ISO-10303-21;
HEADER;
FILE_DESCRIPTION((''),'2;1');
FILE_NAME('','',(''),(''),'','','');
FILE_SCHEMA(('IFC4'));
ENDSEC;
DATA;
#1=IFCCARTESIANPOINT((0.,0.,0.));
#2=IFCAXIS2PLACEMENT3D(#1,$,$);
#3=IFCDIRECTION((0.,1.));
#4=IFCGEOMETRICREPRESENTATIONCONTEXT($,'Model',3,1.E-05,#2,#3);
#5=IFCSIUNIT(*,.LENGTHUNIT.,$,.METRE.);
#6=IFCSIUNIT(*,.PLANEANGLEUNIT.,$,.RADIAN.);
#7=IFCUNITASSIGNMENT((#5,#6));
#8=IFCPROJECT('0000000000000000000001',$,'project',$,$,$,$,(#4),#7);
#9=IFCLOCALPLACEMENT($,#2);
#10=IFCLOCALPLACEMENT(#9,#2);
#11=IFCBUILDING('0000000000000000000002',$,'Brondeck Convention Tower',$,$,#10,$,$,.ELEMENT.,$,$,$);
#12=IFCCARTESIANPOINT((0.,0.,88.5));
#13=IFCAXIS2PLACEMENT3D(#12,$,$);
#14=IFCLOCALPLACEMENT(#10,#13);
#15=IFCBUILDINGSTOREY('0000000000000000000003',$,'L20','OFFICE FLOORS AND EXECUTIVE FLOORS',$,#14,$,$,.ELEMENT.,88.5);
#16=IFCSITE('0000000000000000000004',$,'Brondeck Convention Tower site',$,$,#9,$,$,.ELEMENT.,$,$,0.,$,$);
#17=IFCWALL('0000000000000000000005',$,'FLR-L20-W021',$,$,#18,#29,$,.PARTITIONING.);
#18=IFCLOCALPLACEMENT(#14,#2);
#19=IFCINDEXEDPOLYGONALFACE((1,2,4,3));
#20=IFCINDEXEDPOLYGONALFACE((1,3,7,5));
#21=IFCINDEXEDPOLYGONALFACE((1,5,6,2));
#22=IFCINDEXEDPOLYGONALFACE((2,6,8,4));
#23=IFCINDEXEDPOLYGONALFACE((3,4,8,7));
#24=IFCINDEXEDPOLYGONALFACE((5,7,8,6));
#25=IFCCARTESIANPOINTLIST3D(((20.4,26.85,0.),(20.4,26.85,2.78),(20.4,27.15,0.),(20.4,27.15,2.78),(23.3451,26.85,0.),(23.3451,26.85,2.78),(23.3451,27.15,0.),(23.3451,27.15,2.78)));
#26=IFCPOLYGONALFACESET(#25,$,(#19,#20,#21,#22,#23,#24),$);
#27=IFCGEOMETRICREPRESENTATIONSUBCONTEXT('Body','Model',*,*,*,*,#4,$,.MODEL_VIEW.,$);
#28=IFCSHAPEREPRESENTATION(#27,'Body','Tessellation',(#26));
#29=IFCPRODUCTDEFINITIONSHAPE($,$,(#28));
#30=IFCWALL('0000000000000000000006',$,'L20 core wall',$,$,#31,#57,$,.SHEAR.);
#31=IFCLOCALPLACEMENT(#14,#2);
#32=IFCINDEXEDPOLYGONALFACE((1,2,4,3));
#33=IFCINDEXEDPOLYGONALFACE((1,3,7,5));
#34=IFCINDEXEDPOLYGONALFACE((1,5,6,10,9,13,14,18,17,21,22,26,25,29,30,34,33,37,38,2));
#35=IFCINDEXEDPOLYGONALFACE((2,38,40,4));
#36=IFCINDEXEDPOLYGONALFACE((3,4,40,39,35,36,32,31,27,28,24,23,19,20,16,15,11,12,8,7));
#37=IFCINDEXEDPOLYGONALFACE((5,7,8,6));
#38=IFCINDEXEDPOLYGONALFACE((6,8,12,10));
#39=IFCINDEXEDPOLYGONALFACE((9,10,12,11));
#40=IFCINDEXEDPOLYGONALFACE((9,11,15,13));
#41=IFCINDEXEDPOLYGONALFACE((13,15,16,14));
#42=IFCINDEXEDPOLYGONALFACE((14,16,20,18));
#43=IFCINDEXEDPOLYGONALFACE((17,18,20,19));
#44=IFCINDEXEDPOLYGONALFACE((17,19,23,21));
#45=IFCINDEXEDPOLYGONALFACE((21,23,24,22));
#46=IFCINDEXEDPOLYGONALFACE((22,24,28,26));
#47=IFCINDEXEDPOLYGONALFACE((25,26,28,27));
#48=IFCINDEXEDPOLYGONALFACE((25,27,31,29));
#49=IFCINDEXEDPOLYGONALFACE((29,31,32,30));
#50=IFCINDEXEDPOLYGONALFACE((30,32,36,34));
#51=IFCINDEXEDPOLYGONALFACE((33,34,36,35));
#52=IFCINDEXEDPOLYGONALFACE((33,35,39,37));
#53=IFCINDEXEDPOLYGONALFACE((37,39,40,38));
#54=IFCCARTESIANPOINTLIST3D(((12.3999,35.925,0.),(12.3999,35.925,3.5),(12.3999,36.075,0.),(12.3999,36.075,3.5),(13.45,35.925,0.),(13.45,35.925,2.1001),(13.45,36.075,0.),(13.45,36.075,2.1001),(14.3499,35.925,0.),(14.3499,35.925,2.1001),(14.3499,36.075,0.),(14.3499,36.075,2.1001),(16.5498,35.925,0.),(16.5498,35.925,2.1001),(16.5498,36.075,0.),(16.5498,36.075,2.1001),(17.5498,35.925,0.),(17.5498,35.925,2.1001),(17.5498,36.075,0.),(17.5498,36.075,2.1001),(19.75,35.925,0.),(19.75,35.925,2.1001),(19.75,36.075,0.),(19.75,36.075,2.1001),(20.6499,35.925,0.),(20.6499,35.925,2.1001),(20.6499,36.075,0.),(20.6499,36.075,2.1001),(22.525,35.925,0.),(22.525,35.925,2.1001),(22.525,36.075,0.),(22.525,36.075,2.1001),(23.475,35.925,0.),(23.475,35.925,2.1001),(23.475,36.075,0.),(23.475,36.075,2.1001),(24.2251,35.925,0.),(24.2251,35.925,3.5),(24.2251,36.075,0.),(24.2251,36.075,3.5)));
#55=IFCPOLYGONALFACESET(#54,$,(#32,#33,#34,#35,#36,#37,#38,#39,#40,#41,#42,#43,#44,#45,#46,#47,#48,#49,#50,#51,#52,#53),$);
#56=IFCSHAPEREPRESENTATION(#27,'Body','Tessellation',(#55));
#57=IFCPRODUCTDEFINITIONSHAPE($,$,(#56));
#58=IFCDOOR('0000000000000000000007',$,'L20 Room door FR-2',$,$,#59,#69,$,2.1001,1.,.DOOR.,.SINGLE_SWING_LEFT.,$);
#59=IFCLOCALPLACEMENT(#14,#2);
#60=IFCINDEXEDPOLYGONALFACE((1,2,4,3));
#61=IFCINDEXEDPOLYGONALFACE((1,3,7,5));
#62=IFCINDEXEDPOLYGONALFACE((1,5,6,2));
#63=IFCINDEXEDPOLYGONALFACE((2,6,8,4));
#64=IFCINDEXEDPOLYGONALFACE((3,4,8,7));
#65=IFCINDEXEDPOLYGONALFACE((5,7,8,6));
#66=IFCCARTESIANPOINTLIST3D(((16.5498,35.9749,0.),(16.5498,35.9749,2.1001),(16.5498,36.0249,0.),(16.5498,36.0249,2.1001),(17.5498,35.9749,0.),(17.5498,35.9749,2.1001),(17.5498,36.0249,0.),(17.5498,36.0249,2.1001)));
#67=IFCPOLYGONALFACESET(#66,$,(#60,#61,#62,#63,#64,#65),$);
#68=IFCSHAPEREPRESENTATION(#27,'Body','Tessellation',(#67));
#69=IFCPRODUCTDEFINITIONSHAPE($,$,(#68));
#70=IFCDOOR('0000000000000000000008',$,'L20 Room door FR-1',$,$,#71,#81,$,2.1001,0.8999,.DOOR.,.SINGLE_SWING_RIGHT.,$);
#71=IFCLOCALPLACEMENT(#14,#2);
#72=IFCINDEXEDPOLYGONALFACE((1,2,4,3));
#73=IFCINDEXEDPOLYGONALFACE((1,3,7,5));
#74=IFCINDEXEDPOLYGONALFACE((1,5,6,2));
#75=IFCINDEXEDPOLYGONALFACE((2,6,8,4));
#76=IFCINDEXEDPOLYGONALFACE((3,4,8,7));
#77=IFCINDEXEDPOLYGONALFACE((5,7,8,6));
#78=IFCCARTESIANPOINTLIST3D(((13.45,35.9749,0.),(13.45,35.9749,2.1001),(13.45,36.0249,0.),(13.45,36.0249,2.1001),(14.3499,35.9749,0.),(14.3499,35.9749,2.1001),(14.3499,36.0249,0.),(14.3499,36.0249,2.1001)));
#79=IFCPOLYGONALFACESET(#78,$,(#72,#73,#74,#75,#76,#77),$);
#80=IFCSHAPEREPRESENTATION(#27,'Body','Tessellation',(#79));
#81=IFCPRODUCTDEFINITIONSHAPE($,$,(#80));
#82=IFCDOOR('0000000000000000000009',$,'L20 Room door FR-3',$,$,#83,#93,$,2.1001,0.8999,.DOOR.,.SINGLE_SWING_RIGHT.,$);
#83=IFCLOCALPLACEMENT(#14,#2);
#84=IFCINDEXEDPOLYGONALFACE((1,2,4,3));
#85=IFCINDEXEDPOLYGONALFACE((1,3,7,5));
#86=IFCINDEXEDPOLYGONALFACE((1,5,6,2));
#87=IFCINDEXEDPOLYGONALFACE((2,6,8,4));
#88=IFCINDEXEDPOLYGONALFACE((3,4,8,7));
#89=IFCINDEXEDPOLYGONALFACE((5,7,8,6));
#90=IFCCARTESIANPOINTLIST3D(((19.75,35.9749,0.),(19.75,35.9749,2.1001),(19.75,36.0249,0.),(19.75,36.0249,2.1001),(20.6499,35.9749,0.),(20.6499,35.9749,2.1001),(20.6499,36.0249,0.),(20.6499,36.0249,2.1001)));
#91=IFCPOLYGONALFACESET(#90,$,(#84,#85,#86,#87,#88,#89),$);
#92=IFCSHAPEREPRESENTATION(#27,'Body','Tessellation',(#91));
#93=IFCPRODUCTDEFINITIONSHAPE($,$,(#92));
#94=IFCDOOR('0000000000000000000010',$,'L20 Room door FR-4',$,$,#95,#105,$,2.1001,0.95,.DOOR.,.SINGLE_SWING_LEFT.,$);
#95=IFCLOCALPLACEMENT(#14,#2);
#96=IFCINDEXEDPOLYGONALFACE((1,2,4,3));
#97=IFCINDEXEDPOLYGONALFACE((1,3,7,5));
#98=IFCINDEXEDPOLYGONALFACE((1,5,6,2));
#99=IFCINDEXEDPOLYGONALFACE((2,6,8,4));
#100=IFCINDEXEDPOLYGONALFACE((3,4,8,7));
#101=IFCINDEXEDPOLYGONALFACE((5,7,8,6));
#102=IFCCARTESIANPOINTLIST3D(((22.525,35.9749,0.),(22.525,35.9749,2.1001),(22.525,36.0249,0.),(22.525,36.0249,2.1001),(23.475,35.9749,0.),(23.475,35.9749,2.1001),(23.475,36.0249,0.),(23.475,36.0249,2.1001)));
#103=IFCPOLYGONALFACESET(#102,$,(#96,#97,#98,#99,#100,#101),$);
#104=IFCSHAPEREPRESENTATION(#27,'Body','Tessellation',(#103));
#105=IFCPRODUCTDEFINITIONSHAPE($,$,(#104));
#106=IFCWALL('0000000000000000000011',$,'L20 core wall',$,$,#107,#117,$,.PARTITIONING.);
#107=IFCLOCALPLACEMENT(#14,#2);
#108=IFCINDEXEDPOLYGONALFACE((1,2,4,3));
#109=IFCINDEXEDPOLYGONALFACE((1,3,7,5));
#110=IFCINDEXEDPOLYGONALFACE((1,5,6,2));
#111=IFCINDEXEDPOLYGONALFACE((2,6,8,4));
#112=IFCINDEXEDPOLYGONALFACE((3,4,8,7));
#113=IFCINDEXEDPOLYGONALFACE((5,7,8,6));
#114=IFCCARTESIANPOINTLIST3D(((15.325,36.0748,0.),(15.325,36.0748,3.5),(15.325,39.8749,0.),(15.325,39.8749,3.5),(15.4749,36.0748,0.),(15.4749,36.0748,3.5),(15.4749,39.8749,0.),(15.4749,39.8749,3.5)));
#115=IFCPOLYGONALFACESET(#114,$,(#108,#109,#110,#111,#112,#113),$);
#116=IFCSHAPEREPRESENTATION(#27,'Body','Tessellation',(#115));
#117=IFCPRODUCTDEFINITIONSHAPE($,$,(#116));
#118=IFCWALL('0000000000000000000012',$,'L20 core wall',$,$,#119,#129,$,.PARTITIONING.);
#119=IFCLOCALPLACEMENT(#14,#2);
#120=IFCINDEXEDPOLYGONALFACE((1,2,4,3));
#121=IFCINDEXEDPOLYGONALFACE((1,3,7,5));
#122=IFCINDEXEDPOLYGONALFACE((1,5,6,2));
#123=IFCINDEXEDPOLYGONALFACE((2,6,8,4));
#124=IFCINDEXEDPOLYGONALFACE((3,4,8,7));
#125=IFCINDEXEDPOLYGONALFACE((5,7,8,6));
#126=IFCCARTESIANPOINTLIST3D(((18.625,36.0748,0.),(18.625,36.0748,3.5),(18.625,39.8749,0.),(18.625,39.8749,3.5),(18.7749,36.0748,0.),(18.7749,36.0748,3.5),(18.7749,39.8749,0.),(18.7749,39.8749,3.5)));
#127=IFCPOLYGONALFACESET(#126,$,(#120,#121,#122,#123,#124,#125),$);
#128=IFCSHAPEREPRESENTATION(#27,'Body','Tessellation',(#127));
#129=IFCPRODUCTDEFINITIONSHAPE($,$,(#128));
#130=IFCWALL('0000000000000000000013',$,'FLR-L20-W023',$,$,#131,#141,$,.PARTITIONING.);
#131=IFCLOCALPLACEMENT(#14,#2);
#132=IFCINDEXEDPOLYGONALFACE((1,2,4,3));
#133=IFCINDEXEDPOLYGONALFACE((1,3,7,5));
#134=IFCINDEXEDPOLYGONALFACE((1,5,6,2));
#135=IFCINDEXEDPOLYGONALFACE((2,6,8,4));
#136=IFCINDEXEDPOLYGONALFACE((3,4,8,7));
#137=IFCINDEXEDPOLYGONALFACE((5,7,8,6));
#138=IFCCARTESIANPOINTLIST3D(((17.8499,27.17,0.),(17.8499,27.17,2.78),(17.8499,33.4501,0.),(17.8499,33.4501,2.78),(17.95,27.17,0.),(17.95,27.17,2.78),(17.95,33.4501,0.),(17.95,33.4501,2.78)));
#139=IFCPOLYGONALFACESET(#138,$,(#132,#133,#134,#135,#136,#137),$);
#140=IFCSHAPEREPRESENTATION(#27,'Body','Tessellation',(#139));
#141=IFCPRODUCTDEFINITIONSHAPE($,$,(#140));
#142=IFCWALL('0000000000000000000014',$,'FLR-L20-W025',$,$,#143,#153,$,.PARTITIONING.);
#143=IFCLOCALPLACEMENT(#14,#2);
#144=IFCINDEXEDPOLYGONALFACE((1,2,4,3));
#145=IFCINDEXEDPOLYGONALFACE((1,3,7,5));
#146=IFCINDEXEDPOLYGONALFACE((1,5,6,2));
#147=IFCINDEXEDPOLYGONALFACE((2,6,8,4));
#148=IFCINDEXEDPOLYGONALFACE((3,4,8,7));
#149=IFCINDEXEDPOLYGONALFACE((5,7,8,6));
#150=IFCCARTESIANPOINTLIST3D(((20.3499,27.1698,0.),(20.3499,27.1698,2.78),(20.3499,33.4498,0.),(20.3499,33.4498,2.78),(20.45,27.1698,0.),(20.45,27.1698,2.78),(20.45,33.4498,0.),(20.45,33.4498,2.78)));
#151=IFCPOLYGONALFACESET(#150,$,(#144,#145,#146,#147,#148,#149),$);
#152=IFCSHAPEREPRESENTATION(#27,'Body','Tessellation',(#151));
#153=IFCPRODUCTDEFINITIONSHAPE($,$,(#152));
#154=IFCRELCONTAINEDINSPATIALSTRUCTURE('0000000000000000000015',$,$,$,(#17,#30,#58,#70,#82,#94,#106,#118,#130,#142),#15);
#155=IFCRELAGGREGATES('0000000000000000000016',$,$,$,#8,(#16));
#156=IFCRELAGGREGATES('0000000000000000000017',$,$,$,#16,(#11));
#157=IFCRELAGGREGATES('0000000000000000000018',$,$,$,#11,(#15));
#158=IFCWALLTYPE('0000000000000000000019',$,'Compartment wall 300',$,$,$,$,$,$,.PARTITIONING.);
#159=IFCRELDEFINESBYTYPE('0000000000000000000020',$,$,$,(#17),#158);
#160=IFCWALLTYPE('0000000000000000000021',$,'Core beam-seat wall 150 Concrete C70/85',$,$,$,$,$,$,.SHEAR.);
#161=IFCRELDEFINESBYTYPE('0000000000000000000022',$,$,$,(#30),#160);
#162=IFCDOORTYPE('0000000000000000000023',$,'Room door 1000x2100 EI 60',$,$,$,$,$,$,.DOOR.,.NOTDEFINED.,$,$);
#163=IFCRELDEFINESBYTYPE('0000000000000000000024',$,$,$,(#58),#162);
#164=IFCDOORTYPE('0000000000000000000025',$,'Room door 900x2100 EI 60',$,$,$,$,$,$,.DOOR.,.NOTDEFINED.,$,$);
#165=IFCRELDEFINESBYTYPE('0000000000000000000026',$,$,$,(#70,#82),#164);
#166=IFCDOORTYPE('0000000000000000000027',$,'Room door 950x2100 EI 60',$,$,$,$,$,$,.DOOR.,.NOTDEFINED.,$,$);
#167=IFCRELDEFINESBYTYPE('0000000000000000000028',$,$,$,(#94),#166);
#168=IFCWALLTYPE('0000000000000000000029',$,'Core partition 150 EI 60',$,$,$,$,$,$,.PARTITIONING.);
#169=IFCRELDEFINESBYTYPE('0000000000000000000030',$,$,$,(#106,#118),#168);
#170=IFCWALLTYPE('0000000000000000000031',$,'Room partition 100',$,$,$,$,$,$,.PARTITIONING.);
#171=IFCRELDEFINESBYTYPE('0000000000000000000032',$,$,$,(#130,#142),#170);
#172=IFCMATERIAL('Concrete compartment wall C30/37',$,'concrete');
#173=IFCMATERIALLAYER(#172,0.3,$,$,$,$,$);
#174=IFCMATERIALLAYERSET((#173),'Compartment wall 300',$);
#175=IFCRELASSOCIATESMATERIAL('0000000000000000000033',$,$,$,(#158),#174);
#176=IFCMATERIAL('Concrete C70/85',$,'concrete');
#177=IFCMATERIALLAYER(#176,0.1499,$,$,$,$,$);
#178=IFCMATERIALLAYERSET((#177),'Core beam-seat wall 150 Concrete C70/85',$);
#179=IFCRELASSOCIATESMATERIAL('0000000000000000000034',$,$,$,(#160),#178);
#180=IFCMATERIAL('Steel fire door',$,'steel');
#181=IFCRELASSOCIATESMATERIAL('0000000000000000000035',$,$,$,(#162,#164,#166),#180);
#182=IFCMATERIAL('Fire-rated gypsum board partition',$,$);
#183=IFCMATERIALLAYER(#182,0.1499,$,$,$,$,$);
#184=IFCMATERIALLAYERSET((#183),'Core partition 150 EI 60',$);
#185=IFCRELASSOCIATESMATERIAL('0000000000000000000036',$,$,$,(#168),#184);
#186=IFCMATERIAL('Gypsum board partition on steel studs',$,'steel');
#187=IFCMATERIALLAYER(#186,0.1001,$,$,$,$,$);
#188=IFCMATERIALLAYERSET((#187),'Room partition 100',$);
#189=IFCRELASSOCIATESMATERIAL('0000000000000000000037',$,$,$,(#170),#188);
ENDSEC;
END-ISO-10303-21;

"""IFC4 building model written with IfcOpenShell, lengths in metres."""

from ifc_helpers import new_model, si_unit, direction, frame, frame_2d, origin, place, context, subcontext, project, spatial, rectangle, extrude, material, layer, layer_set, type_object, element, fill, save


model = new_model("IFC4")

# Units and contexts
model_context = context("Model", 3, precision=1e-05, world=origin(), true_north=direction((0.0, 1.0)))
body_context = subcontext(model_context, "Body", "Model", "MODEL_VIEW")
ifc_project = project(units=[si_unit("LENGTHUNIT", "METRE"), si_unit("PLANEANGLEUNIT", "RADIAN")], contexts=[model_context])

# Site, building, storey
site_placement = place(None, origin())
site = spatial("IfcSite", under=ifc_project, at=site_placement, Name="Brondeck Convention Tower site", CompositionType="ELEMENT", RefElevation=0.0)
building_placement = place(site_placement, origin())
building = spatial("IfcBuilding", under=site, at=building_placement, Name="Brondeck Convention Tower", CompositionType="ELEMENT")
storey_placement = place(building_placement, frame((0.0, 0.0, 88.5)))
storey = spatial("IfcBuildingStorey", under=building, at=storey_placement, Name="L20", Description="OFFICE FLOORS AND EXECUTIVE FLOORS", CompositionType="ELEMENT", Elevation=88.5)

# Shared definitions
ifc_material_1 = material(Name="Concrete C70/85", Category="concrete")

# Shared definitions
ifc_material_2 = material(Name="Concrete compartment wall C30/37", Category="concrete")
ifc_layer_1 = layer(ifc_material_2, 0.3)
ifc_layer_set_1 = layer_set([ifc_layer_1], Name="Compartment wall 300")
wall_type_1 = type_object("IfcWallType", Name="Compartment wall 300", PredefinedType="PARTITIONING", material=ifc_layer_set_1)

# Wall
wall_1_placement = place(storey_placement, frame((20.3999, 27.0, 0.0), z_axis=(0.0, 0.0, 1.0), x_axis=(1.0, 0.0, 0.0)))
element("IfcWall", 1, at=wall_1_placement, inside=storey, type_object=wall_type_1, Name="FLR-L20-W021", PredefinedType="PARTITIONING", context=body_context, shape_type="SweptSolid", body=[
    extrude(rectangle(XDim=2.9451, YDim=0.3, at=frame_2d((1.4727, 0.0))), origin(), (0.0, 0.0, 1.0), 2.78),
])

# Wall, openings, doors
ifc_layer_2 = layer(ifc_material_1, 0.1499)
ifc_layer_set_2 = layer_set([ifc_layer_2], Name="Core beam-seat wall 150 Concrete C70/85")
wall_type_2 = type_object("IfcWallType", Name="Core beam-seat wall 150 Concrete C70/85", PredefinedType="SHEAR", material=ifc_layer_set_2)
wall_2_placement = place(storey_placement, frame((12.3999, 36.0, 0.0), z_axis=(0.0, 0.0, 1.0), x_axis=(1.0, 0.0, 0.0)))
wall_2 = element("IfcWall", 2, at=wall_2_placement, inside=storey, type_object=wall_type_2, Name="L20 core wall", PredefinedType="SHEAR", context=body_context, shape_type="SweptSolid", body=[
    extrude(rectangle(XDim=11.8252, YDim=0.1499, at=frame_2d((5.9126, 0.0))), origin(), (0.0, 0.0, 1.0), 3.5),
])
opening_1_placement = place(wall_2_placement, frame((1.05, 0.0, 0.0)))
opening_1 = element("IfcOpeningElement", 3, at=opening_1_placement, cuts=wall_2, PredefinedType="OPENING", context=body_context, shape_type="SweptSolid", body=[
    extrude(rectangle(XDim=0.8999, YDim=2.1001, at=frame_2d((0.45, 1.05))), frame((0.0, 0.085, 0.0), z_axis=(0.0, -1.0, 0.0), x_axis=(1.0, 0.0, 0.0)), (0.0, 0.0, 1.0), 0.1699),
])
opening_2_placement = place(wall_2_placement, frame((4.1499, 0.0, 0.0)))
opening_2 = element("IfcOpeningElement", 4, at=opening_2_placement, cuts=wall_2, PredefinedType="OPENING", context=body_context, shape_type="SweptSolid", body=[
    extrude(rectangle(XDim=1.0, YDim=2.1001, at=frame_2d((0.5, 1.05))), frame((0.0, 0.085, 0.0), z_axis=(0.0, -1.0, 0.0), x_axis=(1.0, 0.0, 0.0)), (0.0, 0.0, 1.0), 0.1699),
])
opening_3_placement = place(wall_2_placement, frame((7.3501, 0.0, 0.0)))
opening_3 = element("IfcOpeningElement", 5, at=opening_3_placement, cuts=wall_2, PredefinedType="OPENING", context=body_context, shape_type="SweptSolid", body=[
    extrude(rectangle(XDim=0.8999, YDim=2.1001, at=frame_2d((0.45, 1.05))), frame((0.0, 0.085, 0.0), z_axis=(0.0, -1.0, 0.0), x_axis=(1.0, 0.0, 0.0)), (0.0, 0.0, 1.0), 0.1699),
])
opening_4_placement = place(wall_2_placement, frame((10.125, 0.0, 0.0)))
opening_4 = element("IfcOpeningElement", 6, at=opening_4_placement, cuts=wall_2, PredefinedType="OPENING", context=body_context, shape_type="SweptSolid", body=[
    extrude(rectangle(XDim=0.95, YDim=2.1001, at=frame_2d((0.4751, 1.05))), frame((0.0, 0.085, 0.0), z_axis=(0.0, -1.0, 0.0), x_axis=(1.0, 0.0, 0.0)), (0.0, 0.0, 1.0), 0.1699),
])
ifc_material_3 = material(Name="Steel fire door", Category="steel")
door_type_1 = type_object("IfcDoorType", Name="Room door 1000x2100 EI 60", OperationType="NOTDEFINED", PredefinedType="DOOR", material=ifc_material_3)
door_1_placement = place(opening_2_placement, origin())
door_1 = element("IfcDoor", 7, at=door_1_placement, inside=storey, type_object=door_type_1, Name="L20 Room door FR-2", OperationType="SINGLE_SWING_LEFT", OverallHeight=2.1001, OverallWidth=1.0, PredefinedType="DOOR", context=body_context, shape_type="SweptSolid", body=[
    extrude(rectangle(XDim=1.0, YDim=2.1001, at=frame_2d((0.5, 1.05))), frame((0.0, 0.0249, 0.0), z_axis=(0.0, -1.0, 0.0), x_axis=(1.0, 0.0, 0.0)), (0.0, 0.0, 1.0), 0.05),
])
fill(opening_2, door_1)
door_type_2 = type_object("IfcDoorType", Name="Room door 900x2100 EI 60", OperationType="NOTDEFINED", PredefinedType="DOOR", material=ifc_material_3)
door_2_placement = place(opening_1_placement, origin())
door_2 = element("IfcDoor", 8, at=door_2_placement, inside=storey, type_object=door_type_2, Name="L20 Room door FR-1", OperationType="SINGLE_SWING_RIGHT", OverallHeight=2.1001, OverallWidth=0.8999, PredefinedType="DOOR", context=body_context, shape_type="SweptSolid", body=[
    extrude(rectangle(XDim=0.8999, YDim=2.1001, at=frame_2d((0.45, 1.05))), frame((0.0, 0.0249, 0.0), z_axis=(0.0, -1.0, 0.0), x_axis=(1.0, 0.0, 0.0)), (0.0, 0.0, 1.0), 0.05),
])
fill(opening_1, door_2)
door_3_placement = place(opening_3_placement, origin())
door_3 = element("IfcDoor", 9, at=door_3_placement, inside=storey, type_object=door_type_2, Name="L20 Room door FR-3", OperationType="SINGLE_SWING_RIGHT", OverallHeight=2.1001, OverallWidth=0.8999, PredefinedType="DOOR", context=body_context, shape_type="SweptSolid", body=[
    extrude(rectangle(XDim=0.8999, YDim=2.1001, at=frame_2d((0.45, 1.05))), frame((0.0, 0.0249, 0.0), z_axis=(0.0, -1.0, 0.0), x_axis=(1.0, 0.0, 0.0)), (0.0, 0.0, 1.0), 0.05),
])
fill(opening_3, door_3)
door_type_3 = type_object("IfcDoorType", Name="Room door 950x2100 EI 60", OperationType="NOTDEFINED", PredefinedType="DOOR", material=ifc_material_3)
door_4_placement = place(opening_4_placement, origin())
door_4 = element("IfcDoor", 10, at=door_4_placement, inside=storey, type_object=door_type_3, Name="L20 Room door FR-4", OperationType="SINGLE_SWING_LEFT", OverallHeight=2.1001, OverallWidth=0.95, PredefinedType="DOOR", context=body_context, shape_type="SweptSolid", body=[
    extrude(rectangle(XDim=0.95, YDim=2.1001, at=frame_2d((0.4751, 1.05))), frame((0.0, 0.0249, 0.0), z_axis=(0.0, -1.0, 0.0), x_axis=(1.0, 0.0, 0.0)), (0.0, 0.0, 1.0), 0.05),
])
fill(opening_4, door_4)

# Walls
ifc_material_4 = material(Name="Fire-rated gypsum board partition")
ifc_layer_3 = layer(ifc_material_4, 0.1499)
ifc_layer_set_3 = layer_set([ifc_layer_3], Name="Core partition 150 EI 60")
wall_type_3 = type_object("IfcWallType", Name="Core partition 150 EI 60", PredefinedType="PARTITIONING", material=ifc_layer_set_3)
for number, where, z_axis, x_axis, name in (
    (11, (15.3999, 36.075, 0.0), (0.0, 0.0, 1.0), (0.0, 1.0, 0.0), "L20 core wall"),
    (12, (18.7, 36.075, 0.0), (0.0, 0.0, 1.0), (0.0, 1.0, 0.0), "L20 core wall"),
):
    element("IfcWall", number, at=place(storey_placement, frame(where, z_axis=z_axis, x_axis=x_axis)), inside=storey, type_object=wall_type_3, Name=name, PredefinedType="PARTITIONING", context=body_context, shape_type="SweptSolid", body=[
        extrude(rectangle(XDim=3.8, YDim=0.1499, at=frame_2d((1.8999, 0.0))), origin(), (0.0, 0.0, 1.0), 3.5),
    ])
ifc_material_5 = material(Name="Gypsum board partition on steel studs", Category="steel")
ifc_layer_4 = layer(ifc_material_5, 0.1001)
ifc_layer_set_4 = layer_set([ifc_layer_4], Name="Room partition 100")
wall_type_4 = type_object("IfcWallType", Name="Room partition 100", PredefinedType="PARTITIONING", material=ifc_layer_set_4)
for number, where, z_axis, x_axis, name in (
    (13, (17.8999, 27.1699, 0.0), (0.0, 0.0, 1.0), (0.0, 1.0, 0.0), "FLR-L20-W023"),
    (14, (20.3999, 33.45, 0.0), (0.0, 0.0, 1.0), (0.0, -1.0, 0.0), "FLR-L20-W025"),
):
    element("IfcWall", number, at=place(storey_placement, frame(where, z_axis=z_axis, x_axis=x_axis)), inside=storey, type_object=wall_type_4, Name=name, PredefinedType="PARTITIONING", context=body_context, shape_type="SweptSolid", body=[
        extrude(rectangle(XDim=6.28, YDim=0.1001, at=frame_2d((3.1401, 0.0))), origin(), (0.0, 0.0, 1.0), 2.78),
    ])

save(model, "model.ifc")
